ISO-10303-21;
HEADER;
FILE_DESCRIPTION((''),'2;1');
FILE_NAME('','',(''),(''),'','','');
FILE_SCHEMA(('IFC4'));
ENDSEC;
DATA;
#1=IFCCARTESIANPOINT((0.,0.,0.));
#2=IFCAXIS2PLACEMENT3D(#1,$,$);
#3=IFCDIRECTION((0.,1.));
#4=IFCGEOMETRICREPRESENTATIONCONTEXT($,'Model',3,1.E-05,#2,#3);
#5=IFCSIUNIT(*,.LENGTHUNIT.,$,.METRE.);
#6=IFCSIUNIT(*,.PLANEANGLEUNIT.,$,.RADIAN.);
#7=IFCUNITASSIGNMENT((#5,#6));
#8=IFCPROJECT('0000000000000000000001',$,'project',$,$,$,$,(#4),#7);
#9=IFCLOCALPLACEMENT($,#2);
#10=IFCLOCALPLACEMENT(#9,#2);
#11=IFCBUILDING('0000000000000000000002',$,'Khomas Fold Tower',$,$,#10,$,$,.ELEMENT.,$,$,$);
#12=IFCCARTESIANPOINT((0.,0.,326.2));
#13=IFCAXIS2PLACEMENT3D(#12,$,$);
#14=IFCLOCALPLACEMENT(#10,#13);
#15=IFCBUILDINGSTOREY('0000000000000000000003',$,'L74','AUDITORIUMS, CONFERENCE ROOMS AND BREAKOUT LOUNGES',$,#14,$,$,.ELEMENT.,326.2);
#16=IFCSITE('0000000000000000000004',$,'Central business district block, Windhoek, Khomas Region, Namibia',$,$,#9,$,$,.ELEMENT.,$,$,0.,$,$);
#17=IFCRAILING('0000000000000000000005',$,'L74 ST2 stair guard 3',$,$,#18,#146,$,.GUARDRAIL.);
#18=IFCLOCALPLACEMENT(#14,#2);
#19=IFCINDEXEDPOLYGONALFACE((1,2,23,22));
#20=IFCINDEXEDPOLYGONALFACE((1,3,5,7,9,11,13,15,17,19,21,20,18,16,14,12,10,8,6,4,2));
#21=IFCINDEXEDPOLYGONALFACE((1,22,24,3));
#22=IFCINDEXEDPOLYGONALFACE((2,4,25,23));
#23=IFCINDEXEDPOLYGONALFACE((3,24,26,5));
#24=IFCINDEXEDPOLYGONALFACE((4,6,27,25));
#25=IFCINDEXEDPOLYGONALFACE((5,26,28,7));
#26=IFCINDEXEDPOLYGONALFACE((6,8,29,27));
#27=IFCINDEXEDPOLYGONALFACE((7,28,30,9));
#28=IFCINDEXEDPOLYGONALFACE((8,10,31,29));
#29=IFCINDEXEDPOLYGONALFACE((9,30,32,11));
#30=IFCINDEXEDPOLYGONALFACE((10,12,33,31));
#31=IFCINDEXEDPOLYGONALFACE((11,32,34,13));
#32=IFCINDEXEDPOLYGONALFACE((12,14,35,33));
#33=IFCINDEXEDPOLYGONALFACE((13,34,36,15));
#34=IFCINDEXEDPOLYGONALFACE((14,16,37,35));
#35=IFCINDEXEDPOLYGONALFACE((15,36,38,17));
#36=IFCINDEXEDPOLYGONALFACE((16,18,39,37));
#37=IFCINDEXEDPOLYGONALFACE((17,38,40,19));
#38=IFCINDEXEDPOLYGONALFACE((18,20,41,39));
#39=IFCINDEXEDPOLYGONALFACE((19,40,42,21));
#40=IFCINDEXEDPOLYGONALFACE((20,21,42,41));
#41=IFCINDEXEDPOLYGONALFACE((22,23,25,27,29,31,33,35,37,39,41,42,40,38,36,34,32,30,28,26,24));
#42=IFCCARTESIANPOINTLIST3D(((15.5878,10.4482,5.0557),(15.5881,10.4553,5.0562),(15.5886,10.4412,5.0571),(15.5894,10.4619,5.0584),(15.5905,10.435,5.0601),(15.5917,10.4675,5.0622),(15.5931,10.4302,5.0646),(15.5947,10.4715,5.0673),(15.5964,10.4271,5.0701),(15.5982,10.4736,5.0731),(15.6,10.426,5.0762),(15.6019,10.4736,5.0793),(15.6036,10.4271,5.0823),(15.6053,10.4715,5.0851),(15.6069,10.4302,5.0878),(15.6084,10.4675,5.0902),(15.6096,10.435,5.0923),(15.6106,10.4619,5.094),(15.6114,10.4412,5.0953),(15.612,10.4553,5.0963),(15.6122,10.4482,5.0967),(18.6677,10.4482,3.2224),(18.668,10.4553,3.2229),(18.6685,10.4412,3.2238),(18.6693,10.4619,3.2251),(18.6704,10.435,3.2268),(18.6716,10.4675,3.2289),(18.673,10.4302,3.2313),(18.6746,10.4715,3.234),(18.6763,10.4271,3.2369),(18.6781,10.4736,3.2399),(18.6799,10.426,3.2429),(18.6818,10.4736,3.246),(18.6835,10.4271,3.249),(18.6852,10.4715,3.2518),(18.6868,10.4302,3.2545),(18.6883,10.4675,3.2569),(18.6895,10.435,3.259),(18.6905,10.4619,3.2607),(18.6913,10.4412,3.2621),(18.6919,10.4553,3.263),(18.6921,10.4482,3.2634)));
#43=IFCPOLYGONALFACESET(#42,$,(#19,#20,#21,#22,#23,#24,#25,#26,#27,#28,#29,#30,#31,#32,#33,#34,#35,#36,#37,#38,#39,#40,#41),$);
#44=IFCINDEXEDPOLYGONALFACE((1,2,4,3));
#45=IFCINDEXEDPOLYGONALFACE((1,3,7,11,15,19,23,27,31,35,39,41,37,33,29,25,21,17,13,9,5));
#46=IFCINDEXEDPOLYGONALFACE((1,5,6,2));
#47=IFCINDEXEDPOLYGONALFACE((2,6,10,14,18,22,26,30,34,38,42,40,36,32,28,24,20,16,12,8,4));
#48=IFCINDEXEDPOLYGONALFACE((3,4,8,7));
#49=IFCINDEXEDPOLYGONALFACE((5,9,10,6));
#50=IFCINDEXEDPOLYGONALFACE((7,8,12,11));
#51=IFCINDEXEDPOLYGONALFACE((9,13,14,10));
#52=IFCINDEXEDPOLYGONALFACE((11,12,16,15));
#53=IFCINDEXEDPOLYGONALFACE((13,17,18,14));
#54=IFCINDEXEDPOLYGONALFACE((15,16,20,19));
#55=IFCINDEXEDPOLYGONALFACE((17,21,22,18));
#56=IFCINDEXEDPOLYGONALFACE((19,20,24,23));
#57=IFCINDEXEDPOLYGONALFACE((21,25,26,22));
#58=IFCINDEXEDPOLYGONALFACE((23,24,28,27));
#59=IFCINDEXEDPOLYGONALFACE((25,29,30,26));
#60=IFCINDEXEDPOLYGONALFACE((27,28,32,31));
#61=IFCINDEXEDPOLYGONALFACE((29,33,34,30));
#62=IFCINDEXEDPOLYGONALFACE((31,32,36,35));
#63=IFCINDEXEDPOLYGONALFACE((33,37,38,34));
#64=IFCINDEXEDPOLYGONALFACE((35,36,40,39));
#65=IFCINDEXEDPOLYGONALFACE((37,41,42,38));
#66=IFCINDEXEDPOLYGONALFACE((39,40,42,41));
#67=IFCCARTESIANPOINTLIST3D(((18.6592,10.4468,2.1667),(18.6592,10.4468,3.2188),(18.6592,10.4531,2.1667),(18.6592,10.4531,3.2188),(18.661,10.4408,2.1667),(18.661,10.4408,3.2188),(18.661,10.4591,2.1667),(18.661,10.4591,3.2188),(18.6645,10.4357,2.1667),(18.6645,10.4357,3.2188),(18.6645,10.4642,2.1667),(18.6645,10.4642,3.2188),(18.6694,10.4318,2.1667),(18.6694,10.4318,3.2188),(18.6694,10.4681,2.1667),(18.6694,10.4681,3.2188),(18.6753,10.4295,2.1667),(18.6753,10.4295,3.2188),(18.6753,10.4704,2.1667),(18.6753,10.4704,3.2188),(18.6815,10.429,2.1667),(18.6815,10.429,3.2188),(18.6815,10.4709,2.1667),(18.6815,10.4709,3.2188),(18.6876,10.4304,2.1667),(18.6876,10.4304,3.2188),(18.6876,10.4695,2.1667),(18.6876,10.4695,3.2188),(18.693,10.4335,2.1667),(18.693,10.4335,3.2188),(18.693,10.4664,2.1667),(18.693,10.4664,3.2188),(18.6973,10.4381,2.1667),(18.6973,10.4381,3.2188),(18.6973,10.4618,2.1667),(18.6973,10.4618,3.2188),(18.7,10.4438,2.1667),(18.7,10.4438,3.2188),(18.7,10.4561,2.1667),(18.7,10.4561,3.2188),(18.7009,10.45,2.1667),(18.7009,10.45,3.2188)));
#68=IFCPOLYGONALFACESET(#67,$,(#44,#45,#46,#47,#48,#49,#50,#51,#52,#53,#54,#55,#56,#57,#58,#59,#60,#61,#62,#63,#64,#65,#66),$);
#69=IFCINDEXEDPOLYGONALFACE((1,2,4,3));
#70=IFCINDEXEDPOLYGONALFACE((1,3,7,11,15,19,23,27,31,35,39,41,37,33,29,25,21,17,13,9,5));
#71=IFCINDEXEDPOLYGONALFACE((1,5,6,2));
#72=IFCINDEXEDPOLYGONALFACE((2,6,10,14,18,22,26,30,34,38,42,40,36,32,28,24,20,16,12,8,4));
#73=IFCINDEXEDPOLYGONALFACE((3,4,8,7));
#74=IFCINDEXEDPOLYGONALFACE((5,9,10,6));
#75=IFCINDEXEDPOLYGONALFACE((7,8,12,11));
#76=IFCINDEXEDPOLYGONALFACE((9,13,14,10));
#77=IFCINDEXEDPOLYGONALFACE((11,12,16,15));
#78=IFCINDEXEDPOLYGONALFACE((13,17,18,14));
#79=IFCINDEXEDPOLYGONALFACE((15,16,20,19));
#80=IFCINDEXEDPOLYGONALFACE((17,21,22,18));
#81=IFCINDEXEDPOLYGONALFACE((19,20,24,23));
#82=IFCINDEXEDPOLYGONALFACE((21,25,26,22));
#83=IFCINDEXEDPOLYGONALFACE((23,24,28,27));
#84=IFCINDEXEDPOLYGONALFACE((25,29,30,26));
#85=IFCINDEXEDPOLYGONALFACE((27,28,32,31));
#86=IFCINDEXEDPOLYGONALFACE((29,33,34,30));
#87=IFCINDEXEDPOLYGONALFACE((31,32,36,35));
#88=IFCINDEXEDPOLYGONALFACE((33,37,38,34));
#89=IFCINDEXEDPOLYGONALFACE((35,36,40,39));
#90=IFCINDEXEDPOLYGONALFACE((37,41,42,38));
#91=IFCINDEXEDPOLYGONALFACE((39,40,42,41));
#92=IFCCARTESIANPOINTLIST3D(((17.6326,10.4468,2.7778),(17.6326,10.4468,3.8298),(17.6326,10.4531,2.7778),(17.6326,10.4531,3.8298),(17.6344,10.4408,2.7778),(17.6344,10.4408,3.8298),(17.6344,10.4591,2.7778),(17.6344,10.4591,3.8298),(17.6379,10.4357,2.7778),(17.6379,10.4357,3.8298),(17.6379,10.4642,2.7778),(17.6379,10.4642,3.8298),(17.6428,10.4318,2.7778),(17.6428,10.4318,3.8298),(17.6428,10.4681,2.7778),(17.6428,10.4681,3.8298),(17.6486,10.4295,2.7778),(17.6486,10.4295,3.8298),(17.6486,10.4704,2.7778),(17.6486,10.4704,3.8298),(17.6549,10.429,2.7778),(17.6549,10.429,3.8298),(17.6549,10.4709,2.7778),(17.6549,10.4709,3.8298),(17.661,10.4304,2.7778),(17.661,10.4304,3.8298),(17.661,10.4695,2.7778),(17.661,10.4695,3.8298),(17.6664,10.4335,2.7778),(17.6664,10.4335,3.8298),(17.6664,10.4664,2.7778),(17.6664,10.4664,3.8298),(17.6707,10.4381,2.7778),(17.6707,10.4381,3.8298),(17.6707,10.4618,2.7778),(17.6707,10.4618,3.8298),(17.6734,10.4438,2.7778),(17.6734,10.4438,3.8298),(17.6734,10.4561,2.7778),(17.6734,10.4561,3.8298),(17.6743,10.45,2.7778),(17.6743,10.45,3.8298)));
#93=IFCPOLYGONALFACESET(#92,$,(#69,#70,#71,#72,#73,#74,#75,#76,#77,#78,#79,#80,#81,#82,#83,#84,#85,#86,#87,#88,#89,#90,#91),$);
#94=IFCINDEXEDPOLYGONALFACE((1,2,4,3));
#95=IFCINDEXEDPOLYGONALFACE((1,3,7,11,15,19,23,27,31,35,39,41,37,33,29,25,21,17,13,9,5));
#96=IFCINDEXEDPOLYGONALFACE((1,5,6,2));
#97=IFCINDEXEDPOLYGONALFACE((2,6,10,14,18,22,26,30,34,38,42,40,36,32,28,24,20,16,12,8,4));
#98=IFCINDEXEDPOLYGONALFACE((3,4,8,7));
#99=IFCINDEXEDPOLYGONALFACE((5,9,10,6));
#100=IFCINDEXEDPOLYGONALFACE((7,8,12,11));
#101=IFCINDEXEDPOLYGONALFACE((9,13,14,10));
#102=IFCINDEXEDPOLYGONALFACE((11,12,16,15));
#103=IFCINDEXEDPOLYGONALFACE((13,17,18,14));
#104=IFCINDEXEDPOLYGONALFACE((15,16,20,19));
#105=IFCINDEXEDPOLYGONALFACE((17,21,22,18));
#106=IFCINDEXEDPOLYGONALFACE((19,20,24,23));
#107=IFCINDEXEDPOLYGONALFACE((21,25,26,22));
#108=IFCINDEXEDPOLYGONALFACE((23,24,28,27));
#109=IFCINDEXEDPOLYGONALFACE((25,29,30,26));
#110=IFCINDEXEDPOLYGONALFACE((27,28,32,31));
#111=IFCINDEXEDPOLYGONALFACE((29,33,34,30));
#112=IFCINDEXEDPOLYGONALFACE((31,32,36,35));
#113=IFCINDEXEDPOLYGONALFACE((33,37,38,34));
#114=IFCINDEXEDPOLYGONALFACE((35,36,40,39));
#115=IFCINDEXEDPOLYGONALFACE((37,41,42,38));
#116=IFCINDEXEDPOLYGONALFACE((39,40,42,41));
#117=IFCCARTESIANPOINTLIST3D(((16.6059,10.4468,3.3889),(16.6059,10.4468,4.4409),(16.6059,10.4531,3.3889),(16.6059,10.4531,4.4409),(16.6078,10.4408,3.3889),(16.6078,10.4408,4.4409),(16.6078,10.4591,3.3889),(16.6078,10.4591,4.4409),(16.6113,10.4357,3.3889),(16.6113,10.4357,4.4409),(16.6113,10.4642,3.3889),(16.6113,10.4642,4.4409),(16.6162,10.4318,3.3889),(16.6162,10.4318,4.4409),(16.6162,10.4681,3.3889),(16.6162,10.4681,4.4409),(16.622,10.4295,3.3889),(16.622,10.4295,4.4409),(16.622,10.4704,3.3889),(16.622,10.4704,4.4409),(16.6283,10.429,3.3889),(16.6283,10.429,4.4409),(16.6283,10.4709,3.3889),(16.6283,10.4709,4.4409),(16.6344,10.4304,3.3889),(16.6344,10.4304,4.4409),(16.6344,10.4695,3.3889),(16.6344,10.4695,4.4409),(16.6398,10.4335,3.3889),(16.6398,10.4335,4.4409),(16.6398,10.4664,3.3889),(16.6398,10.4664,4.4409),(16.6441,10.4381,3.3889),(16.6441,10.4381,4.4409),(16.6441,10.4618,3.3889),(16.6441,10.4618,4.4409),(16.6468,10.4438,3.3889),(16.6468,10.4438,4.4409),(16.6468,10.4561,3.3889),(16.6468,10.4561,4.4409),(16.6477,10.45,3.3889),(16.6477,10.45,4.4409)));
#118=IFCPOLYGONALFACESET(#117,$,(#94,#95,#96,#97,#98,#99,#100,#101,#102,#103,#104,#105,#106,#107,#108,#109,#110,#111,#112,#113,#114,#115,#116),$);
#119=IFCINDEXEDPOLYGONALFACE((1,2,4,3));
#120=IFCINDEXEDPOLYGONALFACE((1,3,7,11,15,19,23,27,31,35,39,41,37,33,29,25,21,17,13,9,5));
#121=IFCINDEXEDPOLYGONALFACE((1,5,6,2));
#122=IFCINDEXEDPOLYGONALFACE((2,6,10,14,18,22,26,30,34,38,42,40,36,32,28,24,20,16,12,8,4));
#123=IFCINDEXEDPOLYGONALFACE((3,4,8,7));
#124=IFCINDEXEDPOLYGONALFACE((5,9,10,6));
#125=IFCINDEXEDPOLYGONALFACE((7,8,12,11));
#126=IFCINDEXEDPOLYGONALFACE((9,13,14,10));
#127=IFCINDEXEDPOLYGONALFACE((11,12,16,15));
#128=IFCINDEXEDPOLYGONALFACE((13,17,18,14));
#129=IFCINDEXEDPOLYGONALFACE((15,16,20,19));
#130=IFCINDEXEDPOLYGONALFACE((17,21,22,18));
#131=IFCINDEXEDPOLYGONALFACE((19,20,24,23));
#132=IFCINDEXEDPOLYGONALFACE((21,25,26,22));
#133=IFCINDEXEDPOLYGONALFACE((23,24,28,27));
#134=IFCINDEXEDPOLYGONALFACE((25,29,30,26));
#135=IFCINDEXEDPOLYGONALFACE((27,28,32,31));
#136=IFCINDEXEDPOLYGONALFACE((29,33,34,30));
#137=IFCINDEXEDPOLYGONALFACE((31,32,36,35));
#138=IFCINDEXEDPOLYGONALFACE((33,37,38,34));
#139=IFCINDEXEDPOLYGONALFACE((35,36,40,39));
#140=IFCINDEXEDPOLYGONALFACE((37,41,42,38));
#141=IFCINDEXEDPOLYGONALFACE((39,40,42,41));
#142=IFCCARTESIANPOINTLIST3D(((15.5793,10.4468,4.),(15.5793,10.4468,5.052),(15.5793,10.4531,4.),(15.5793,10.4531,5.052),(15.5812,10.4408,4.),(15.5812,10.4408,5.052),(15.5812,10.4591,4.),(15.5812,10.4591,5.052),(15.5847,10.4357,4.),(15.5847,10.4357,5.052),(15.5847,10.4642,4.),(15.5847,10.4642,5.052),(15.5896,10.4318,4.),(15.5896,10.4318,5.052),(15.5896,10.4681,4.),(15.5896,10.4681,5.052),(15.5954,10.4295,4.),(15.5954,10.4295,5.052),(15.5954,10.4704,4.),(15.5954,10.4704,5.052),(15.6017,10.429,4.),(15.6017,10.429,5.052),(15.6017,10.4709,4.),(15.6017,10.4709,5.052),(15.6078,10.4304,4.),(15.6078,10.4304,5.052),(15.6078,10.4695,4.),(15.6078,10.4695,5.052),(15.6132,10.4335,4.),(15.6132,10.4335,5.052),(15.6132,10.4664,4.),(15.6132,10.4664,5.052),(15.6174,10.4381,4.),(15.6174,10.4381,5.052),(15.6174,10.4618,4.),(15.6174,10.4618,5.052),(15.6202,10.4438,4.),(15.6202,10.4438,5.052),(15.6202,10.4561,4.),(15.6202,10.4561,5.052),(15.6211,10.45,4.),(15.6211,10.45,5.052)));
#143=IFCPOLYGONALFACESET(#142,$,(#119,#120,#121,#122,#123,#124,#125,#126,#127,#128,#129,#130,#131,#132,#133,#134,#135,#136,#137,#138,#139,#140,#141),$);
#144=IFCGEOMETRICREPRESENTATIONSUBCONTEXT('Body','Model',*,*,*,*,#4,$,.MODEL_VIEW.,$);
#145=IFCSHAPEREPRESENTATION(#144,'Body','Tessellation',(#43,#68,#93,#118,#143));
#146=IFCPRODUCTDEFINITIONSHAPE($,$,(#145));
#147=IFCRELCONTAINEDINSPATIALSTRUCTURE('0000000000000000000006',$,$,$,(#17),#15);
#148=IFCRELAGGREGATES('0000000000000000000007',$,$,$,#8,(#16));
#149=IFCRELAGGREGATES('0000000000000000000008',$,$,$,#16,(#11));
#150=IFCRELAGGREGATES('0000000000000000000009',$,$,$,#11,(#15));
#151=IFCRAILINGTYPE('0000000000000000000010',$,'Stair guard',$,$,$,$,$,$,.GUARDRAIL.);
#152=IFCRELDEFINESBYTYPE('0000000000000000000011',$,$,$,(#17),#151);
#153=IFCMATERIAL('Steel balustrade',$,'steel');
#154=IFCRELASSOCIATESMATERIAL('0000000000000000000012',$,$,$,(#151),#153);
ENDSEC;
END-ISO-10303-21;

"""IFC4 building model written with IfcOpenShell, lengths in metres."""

from ifc_helpers import new_model, si_unit, direction, frame, origin, origin_2d, place, context, subcontext, project, spatial, circle, extrude, source, transform, mapped, material, type_object, element, save


model = new_model("IFC4")

# Units and contexts
model_context = context("Model", 3, precision=1e-05, world=origin(), true_north=direction((0.0, 1.0)))
body_context = subcontext(model_context, "Body", "Model", "MODEL_VIEW")
ifc_project = project(units=[si_unit("LENGTHUNIT", "METRE"), si_unit("PLANEANGLEUNIT", "RADIAN")], contexts=[model_context])

# Site, building, storey
site_placement = place(None, origin())
site = spatial("IfcSite", under=ifc_project, at=site_placement, Name="Central business district block, Windhoek, Khomas Region, Namibia", CompositionType="ELEMENT", RefElevation=0.0)
building_placement = place(site_placement, origin())
building = spatial("IfcBuilding", under=site, at=building_placement, Name="Khomas Fold Tower", CompositionType="ELEMENT")
storey_placement = place(building_placement, frame((0.0, 0.0, 326.2)))
storey = spatial("IfcBuildingStorey", under=building, at=storey_placement, Name="L74", Description="AUDITORIUMS, CONFERENCE ROOMS AND BREAKOUT LOUNGES", CompositionType="ELEMENT", Elevation=326.2)

# Railing
ifc_material_1 = material(Name="Steel balustrade", Category="steel")
railing_type_1 = type_object("IfcRailingType", Name="Stair guard", PredefinedType="GUARDRAIL", material=ifc_material_1)
shared_shape_1 = source(origin(), body_context, "Body", "SweptSolid", [
    extrude(circle(Radius=0.0239, at=origin_2d()), frame((0.0, 0.0, 1.0762), z_axis=(-0.859291, 0.0, 0.511487), x_axis=(0.0, -1.0, 0.0)), (0.0, 0.0, 1.0), 3.5842),
    extrude(circle(Radius=0.021, at=origin_2d()), origin(), (0.0, 0.0, 1.0), 1.052),
    extrude(circle(Radius=0.021, at=origin_2d()), frame((-1.0266, 0.0, 0.6111)), (0.0, 0.0, 1.0), 1.052),
    extrude(circle(Radius=0.021, at=origin_2d()), frame((-2.0532, 0.0, 1.2222)), (0.0, 0.0, 1.0), 1.052),
    extrude(circle(Radius=0.021, at=origin_2d()), frame((-3.0798, 0.0, 1.8333)), (0.0, 0.0, 1.0), 1.052),
])
railing_1_placement = place(storey_placement, frame((18.6799, 10.45, 2.1667)))
element("IfcRailing", 1, at=railing_1_placement, inside=storey, type_object=railing_type_1, Name="L74 ST2 stair guard 3", PredefinedType="GUARDRAIL", context=body_context, shape_type="MappedRepresentation", body=[
    mapped(shared_shape_1, transform((0.0, 0.0, 0.0))),
])

save(model, "model.ifc")
